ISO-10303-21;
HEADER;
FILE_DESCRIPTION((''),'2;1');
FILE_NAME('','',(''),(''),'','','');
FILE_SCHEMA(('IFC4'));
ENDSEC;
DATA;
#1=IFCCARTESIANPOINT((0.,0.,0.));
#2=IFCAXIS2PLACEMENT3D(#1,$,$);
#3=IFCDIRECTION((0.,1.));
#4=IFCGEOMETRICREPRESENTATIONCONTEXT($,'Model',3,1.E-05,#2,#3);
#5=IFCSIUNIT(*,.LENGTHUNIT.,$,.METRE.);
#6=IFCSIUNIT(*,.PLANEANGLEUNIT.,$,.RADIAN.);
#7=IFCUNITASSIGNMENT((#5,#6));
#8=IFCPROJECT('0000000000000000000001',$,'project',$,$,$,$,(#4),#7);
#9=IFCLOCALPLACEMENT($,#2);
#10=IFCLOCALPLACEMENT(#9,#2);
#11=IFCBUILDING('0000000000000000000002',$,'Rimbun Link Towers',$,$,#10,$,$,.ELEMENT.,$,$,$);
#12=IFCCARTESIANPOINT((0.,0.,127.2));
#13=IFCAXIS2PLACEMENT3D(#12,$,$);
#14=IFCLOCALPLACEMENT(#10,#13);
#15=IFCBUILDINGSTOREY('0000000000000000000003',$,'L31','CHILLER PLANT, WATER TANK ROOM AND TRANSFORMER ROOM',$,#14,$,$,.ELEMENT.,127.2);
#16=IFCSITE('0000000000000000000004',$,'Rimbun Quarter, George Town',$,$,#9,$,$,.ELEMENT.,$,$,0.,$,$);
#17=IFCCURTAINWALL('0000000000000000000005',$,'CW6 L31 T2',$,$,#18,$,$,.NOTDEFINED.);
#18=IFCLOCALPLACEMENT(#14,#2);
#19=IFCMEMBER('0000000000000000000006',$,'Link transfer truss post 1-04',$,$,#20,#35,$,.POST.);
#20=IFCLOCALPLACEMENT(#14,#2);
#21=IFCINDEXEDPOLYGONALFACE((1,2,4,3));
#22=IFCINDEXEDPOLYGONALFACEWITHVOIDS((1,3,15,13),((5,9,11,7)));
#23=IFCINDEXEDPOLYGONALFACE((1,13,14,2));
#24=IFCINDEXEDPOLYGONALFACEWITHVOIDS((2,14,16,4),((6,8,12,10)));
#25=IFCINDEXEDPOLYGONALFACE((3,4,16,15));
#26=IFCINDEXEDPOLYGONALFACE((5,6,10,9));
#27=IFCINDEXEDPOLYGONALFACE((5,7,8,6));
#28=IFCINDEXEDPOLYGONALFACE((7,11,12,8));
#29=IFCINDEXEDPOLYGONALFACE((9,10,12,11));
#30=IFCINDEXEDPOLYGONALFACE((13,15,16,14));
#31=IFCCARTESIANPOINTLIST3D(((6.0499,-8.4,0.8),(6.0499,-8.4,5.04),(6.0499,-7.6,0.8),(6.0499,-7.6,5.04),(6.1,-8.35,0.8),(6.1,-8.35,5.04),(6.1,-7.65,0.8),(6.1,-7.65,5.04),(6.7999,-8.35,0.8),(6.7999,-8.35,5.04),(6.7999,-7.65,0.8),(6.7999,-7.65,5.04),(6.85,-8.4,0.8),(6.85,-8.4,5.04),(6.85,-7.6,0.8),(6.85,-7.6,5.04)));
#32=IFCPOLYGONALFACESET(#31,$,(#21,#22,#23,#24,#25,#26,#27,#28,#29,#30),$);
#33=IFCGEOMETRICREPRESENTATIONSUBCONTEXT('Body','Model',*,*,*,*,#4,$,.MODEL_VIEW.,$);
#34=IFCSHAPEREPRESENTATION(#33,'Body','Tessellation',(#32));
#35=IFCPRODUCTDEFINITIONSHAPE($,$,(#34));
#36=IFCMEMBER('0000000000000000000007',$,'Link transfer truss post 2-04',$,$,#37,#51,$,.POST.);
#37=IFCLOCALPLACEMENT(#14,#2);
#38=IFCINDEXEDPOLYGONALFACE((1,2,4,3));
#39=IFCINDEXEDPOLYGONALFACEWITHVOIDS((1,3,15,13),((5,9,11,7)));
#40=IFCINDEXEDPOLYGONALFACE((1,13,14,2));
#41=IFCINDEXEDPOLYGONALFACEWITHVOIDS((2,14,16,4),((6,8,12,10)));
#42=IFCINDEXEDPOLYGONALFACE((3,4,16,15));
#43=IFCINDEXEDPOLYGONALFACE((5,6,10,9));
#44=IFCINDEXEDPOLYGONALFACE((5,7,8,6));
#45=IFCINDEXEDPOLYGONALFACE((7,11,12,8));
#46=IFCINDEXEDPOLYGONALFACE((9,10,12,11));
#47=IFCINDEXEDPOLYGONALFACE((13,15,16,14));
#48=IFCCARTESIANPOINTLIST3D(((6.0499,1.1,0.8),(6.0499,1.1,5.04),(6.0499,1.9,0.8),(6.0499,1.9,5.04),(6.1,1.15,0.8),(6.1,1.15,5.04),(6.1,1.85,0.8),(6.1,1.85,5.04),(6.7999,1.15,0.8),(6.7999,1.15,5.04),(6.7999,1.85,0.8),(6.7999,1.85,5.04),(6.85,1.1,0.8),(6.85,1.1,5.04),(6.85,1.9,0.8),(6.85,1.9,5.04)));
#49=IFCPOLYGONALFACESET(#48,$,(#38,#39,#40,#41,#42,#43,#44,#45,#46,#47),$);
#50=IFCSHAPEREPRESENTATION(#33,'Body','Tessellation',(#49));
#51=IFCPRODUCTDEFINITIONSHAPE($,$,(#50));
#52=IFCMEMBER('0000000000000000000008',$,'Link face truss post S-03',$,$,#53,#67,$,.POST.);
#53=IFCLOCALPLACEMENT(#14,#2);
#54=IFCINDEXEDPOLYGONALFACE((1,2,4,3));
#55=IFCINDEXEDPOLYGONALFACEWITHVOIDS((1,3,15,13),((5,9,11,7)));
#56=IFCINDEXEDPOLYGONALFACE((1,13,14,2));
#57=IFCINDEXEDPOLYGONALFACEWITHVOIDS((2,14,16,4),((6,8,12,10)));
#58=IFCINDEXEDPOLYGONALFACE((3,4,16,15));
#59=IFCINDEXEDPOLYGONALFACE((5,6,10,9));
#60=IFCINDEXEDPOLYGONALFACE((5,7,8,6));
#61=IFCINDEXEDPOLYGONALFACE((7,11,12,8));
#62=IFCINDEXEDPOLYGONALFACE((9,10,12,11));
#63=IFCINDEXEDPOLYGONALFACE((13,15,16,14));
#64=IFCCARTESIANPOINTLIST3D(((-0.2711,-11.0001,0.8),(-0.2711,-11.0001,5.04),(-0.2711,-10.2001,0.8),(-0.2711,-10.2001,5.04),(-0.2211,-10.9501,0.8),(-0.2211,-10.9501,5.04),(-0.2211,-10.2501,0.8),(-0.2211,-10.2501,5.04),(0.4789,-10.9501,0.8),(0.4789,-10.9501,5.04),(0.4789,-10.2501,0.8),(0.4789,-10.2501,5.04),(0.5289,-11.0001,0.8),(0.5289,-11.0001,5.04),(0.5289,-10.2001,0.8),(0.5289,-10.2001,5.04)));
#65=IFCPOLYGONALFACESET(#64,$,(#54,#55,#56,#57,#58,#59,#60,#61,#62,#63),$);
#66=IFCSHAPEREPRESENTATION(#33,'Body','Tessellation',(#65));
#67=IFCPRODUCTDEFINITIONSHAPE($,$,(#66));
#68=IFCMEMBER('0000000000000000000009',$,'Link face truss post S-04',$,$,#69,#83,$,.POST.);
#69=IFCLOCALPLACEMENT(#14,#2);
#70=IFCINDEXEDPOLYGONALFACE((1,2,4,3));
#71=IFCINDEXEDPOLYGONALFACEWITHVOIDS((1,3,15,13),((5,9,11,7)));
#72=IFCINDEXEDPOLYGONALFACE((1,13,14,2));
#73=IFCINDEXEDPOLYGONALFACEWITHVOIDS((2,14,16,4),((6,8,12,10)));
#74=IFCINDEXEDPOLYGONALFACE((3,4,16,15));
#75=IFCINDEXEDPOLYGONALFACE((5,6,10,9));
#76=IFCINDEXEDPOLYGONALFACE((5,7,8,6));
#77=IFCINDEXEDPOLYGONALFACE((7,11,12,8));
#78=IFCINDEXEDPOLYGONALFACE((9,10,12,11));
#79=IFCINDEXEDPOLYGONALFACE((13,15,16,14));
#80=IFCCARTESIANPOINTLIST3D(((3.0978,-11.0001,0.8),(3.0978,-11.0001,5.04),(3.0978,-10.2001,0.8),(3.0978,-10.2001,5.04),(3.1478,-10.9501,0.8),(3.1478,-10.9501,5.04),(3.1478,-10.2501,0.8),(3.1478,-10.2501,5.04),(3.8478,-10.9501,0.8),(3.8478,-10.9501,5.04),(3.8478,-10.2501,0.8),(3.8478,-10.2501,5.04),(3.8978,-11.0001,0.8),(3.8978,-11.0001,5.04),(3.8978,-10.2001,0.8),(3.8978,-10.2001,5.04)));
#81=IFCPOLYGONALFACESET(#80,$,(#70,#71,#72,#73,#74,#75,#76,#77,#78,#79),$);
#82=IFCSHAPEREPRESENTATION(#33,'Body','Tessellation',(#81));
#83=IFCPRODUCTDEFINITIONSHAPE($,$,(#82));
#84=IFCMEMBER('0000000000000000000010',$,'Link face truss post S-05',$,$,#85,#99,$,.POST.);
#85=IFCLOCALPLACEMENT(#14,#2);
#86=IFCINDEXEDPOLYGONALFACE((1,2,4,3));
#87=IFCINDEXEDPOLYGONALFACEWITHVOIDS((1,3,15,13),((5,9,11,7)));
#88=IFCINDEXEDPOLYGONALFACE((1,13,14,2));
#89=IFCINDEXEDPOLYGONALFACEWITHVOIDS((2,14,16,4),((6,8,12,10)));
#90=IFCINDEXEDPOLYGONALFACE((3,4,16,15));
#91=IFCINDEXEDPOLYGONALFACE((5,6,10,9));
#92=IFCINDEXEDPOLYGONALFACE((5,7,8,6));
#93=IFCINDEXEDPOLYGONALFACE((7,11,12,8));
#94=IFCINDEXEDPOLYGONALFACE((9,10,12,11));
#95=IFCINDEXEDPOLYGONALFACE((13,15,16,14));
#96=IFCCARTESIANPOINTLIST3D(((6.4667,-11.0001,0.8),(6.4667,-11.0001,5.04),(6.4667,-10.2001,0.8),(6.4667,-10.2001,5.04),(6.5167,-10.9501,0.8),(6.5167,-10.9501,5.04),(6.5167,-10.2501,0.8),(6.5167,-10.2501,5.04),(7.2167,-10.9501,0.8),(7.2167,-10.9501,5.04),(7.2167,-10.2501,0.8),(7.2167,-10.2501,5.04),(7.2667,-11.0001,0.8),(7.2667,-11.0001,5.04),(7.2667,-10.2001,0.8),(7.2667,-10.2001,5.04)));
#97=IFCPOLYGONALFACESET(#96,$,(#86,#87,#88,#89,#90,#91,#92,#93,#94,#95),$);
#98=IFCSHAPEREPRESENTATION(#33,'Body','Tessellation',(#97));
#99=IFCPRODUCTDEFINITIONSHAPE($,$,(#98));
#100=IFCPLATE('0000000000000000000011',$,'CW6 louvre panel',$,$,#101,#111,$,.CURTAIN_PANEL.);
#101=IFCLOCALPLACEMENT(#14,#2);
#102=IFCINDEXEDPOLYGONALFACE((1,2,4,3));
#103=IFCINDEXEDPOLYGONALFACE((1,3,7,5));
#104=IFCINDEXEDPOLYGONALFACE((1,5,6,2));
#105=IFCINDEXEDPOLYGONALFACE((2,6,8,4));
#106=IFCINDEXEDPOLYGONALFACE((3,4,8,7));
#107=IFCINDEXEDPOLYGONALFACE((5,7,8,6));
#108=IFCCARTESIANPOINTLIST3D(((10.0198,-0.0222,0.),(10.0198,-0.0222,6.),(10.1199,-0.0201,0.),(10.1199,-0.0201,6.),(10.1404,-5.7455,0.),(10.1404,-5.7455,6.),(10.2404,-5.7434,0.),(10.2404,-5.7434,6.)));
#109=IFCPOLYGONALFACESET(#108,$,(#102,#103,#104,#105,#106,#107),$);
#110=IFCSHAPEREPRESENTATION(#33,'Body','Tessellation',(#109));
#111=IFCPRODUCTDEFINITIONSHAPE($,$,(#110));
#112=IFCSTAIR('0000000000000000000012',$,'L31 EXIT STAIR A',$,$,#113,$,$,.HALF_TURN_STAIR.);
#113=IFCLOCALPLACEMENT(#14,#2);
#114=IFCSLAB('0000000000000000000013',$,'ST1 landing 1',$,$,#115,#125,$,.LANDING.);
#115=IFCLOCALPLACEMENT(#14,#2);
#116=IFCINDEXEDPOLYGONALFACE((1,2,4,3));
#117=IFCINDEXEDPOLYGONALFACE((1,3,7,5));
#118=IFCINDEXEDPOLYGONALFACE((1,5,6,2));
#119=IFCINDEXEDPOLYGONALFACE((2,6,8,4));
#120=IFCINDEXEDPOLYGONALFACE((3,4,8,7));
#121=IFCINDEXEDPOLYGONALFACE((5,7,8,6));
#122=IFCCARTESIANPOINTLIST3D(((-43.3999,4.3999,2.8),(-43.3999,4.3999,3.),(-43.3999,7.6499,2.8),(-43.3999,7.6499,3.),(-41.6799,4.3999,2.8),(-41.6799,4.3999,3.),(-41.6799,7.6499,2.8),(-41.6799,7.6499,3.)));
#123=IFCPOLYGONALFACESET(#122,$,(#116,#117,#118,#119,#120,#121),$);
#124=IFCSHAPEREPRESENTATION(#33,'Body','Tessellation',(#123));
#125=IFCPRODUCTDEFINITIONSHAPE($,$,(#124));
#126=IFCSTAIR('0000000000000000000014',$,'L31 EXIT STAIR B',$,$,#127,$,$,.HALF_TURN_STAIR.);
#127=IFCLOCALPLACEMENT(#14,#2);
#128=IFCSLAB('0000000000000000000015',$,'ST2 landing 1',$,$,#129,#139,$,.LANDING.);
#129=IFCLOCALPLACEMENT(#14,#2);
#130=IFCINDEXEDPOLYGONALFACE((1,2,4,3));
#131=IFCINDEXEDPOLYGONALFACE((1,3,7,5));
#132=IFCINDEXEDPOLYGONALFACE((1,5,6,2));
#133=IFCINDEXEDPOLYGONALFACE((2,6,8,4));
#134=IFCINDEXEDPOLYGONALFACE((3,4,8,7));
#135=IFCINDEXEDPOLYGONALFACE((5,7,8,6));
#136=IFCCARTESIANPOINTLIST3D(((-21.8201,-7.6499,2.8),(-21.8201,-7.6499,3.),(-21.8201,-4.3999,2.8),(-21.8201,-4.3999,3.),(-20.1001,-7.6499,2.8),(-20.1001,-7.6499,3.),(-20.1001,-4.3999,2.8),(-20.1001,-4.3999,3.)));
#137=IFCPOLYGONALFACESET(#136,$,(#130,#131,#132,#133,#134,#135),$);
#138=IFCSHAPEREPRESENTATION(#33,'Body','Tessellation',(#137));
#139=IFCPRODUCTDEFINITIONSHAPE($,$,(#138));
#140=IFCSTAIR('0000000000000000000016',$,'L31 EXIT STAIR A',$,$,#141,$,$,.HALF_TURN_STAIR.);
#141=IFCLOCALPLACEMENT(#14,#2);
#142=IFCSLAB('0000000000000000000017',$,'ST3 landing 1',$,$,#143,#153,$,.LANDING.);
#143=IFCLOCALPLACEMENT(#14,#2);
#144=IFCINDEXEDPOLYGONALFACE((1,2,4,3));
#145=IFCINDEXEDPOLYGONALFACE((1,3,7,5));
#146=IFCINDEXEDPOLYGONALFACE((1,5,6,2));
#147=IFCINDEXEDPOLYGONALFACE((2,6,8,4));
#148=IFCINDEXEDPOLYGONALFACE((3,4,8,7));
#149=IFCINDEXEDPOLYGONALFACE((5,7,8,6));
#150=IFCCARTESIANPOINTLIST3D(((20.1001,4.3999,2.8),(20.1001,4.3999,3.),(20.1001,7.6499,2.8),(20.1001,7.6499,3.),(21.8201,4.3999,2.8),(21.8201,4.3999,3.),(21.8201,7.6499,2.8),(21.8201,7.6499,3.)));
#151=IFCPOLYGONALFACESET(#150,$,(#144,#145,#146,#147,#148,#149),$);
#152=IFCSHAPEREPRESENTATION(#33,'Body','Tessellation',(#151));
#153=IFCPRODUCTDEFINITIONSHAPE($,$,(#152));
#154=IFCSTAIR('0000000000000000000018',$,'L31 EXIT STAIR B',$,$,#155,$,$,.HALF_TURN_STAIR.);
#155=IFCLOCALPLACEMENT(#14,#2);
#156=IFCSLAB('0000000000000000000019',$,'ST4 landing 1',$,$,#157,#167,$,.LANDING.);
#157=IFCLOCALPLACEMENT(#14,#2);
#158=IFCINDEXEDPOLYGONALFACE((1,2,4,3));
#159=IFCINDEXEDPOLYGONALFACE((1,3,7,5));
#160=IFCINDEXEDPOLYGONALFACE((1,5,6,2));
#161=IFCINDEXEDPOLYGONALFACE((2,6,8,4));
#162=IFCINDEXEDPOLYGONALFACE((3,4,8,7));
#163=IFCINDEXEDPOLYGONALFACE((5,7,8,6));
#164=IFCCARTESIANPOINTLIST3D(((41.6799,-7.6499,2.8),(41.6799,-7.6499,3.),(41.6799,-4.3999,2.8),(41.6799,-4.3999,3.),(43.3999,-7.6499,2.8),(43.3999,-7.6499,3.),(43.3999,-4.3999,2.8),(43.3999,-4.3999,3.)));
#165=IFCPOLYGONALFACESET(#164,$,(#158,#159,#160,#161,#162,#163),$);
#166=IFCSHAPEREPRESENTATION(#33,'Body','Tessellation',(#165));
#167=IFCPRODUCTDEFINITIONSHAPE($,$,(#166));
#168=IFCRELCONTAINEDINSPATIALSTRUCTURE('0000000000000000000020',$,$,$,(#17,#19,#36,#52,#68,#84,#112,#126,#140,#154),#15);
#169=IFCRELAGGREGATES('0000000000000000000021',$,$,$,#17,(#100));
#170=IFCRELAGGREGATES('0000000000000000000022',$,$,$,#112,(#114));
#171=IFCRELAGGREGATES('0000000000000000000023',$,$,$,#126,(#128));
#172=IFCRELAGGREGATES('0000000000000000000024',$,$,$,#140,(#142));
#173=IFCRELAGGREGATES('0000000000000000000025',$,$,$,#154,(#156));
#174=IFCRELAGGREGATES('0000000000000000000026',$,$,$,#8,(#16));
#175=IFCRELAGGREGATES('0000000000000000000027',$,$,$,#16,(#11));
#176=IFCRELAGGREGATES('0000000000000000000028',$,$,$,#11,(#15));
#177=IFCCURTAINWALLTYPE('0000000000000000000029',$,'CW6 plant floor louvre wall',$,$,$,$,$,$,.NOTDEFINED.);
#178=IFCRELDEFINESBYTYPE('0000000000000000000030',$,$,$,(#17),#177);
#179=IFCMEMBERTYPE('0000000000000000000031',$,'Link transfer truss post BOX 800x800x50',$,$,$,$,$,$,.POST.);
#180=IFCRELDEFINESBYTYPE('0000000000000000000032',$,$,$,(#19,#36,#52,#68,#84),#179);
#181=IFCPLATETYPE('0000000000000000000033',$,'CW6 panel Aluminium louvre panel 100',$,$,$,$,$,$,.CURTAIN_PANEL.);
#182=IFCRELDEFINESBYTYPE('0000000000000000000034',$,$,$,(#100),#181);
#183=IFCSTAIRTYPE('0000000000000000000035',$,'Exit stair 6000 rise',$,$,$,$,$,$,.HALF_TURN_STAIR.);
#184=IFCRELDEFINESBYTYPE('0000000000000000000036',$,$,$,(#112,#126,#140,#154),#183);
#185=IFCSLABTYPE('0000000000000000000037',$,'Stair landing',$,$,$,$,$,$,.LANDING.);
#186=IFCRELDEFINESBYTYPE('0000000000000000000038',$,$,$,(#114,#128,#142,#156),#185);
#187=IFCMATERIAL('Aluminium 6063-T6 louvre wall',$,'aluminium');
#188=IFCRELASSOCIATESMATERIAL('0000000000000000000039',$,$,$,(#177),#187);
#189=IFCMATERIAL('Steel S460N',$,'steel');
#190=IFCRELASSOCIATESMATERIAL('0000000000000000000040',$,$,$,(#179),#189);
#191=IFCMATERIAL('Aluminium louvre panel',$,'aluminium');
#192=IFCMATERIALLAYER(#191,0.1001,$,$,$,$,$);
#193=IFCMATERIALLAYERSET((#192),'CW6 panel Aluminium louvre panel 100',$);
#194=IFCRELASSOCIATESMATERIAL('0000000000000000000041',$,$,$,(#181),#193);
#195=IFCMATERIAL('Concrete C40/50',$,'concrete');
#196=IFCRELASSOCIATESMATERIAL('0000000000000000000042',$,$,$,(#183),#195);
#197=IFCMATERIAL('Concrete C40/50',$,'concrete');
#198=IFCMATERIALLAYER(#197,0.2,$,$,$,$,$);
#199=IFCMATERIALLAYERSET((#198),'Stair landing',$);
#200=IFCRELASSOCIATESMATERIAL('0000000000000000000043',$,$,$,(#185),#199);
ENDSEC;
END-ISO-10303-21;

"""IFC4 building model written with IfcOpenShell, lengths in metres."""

from ifc_helpers import new_model, si_unit, direction, frame, origin, origin_2d, place, context, subcontext, project, spatial, polyline, rectangle, hollow_rectangle, outline, extrude, material, layer, layer_set, material_profile, profile_set, type_object, element, aggregate, save


model = new_model("IFC4")

# Units and contexts
model_context = context("Model", 3, precision=1e-05, world=origin(), true_north=direction((0.0, 1.0)))
body_context = subcontext(model_context, "Body", "Model", "MODEL_VIEW")
ifc_project = project(units=[si_unit("LENGTHUNIT", "METRE"), si_unit("PLANEANGLEUNIT", "RADIAN")], contexts=[model_context])

# Site, building, storey
site_placement = place(None, origin())
site = spatial("IfcSite", under=ifc_project, at=site_placement, Name="Rimbun Quarter, George Town", CompositionType="ELEMENT", RefElevation=0.0)
building_placement = place(site_placement, origin())
building = spatial("IfcBuilding", under=site, at=building_placement, Name="Rimbun Link Towers", CompositionType="ELEMENT")
storey_placement = place(building_placement, frame((0.0, 0.0, 127.2)))
storey = spatial("IfcBuildingStorey", under=building, at=storey_placement, Name="L31", Description="CHILLER PLANT, WATER TANK ROOM AND TRANSFORMER ROOM", CompositionType="ELEMENT", Elevation=127.2)

# Curtain wall
ifc_material_1 = material(Name="Aluminium 6063-T6 louvre wall", Category="aluminium")
curtain_wall_type = type_object("IfcCurtainWallType", Name="CW6 plant floor louvre wall", PredefinedType="NOTDEFINED", material=ifc_material_1)
curtain_wall_placement = place(storey_placement, origin())
curtain_wall = element("IfcCurtainWall", 1, at=curtain_wall_placement, inside=storey, type_object=curtain_wall_type, Name="CW6 L31 T2", PredefinedType="NOTDEFINED")

# Members
ifc_material_2 = material(Name="Steel S460N", Category="steel")
ifc_material_profile_1 = material_profile(ifc_material_2, hollow_rectangle(XDim=0.8, YDim=0.8, WallThickness=0.05, at=origin_2d()), Name="Link transfer truss post BOX 800x800x50")
ifc_profile_set_1 = profile_set([ifc_material_profile_1], Name="Steel S460N")
member_type_1 = type_object("IfcMemberType", Name="Link transfer truss post BOX 800x800x50", PredefinedType="POST", material=ifc_profile_set_1)
for number, where, z_axis, x_axis, name in (
    (2, (6.45, -8.0, 0.8), (0.0, 0.0, 1.0), (1.0, 0.0, 0.0), "Link transfer truss post 1-04"),
    (3, (6.45, 1.5, 0.8), (0.0, 0.0, 1.0), (1.0, 0.0, 0.0), "Link transfer truss post 2-04"),
    (4, (0.1289, -10.6001, 0.8), (0.0, 0.0, 1.0), (1.0, 0.0, 0.0), "Link face truss post S-03"),
    (5, (3.4978, -10.6001, 0.8), (0.0, 0.0, 1.0), (1.0, 0.0, 0.0), "Link face truss post S-04"),
    (6, (6.8667, -10.6001, 0.8), (0.0, 0.0, 1.0), (1.0, 0.0, 0.0), "Link face truss post S-05"),
):
    element("IfcMember", number, at=place(storey_placement, frame(where, z_axis=z_axis, x_axis=x_axis)), inside=storey, type_object=member_type_1, Name=name, PredefinedType="POST", context=body_context, shape_type="SweptSolid", body=[
        extrude(hollow_rectangle(XDim=0.8, YDim=0.8, WallThickness=0.05, at=origin_2d()), origin(), (0.0, 0.0, 1.0), 4.24),
    ])

# Plate
ifc_material_3 = material(Name="Aluminium louvre panel", Category="aluminium")
ifc_layer_1 = layer(ifc_material_3, 0.1001)
ifc_layer_set_1 = layer_set([ifc_layer_1], Name="CW6 panel Aluminium louvre panel 100")
plate_type = type_object("IfcPlateType", Name="CW6 panel Aluminium louvre panel 100", PredefinedType="CURTAIN_PANEL", material=ifc_layer_set_1)
plate_placement = place(storey_placement, frame((10.1301, -2.8828, 0.0), z_axis=(0.0, 0.0, 1.0), x_axis=(-0.021059, 0.999778, 0.0)))
plate = element("IfcPlate", 7, at=plate_placement, type_object=plate_type, Name="CW6 louvre panel", PredefinedType="CURTAIN_PANEL", context=body_context, shape_type="SweptSolid", body=[
    extrude(rectangle(XDim=5.7246, YDim=0.1001, at=origin_2d()), origin(), (0.0, 0.0, 1.0), 6.0),
])
aggregate(curtain_wall, [plate])

# Stairs, slabs
ifc_material_4 = material(Name="Concrete C40/50", Category="concrete")
stair_type = type_object("IfcStairType", Name="Exit stair 6000 rise", PredefinedType="HALF_TURN_STAIR", material=ifc_material_4)
stair_1_placement = place(storey_placement, origin())
stair_1 = element("IfcStair", 8, at=stair_1_placement, inside=storey, type_object=stair_type, Name="L31 EXIT STAIR A", PredefinedType="HALF_TURN_STAIR")
ifc_material_5 = material(Name="Concrete C40/50", Category="concrete")
ifc_layer_2 = layer(ifc_material_5, 0.2)
ifc_layer_set_2 = layer_set([ifc_layer_2], Name="Stair landing")
slab_type = type_object("IfcSlabType", Name="Stair landing", PredefinedType="LANDING", material=ifc_layer_set_2)
slab_1_placement = place(storey_placement, frame((0.0, 0.0, 2.8)))
slab_1 = element("IfcSlab", 9, at=slab_1_placement, type_object=slab_type, Name="ST1 landing 1", PredefinedType="LANDING", context=body_context, shape_type="SweptSolid", body=[
    extrude(outline(polyline([(-41.6799, 7.6499), (-43.3999, 7.6499), (-43.3999, 4.3999), (-41.6799, 4.3999), (-41.6799, 7.6499)])), origin(), (0.0, 0.0, 1.0), 0.2),
])
aggregate(stair_1, [slab_1])
stair_2_placement = place(storey_placement, origin())
stair_2 = element("IfcStair", 10, at=stair_2_placement, inside=storey, type_object=stair_type, Name="L31 EXIT STAIR B", PredefinedType="HALF_TURN_STAIR")
slab_2_placement = place(storey_placement, frame((0.0, 0.0, 2.8)))
slab_2 = element("IfcSlab", 11, at=slab_2_placement, type_object=slab_type, Name="ST2 landing 1", PredefinedType="LANDING", context=body_context, shape_type="SweptSolid", body=[
    extrude(outline(polyline([(-21.8201, -7.6499), (-20.1001, -7.6499), (-20.1001, -4.3999), (-21.8201, -4.3999), (-21.8201, -7.6499)])), origin(), (0.0, 0.0, 1.0), 0.2),
])
aggregate(stair_2, [slab_2])
stair_3_placement = place(storey_placement, origin())
stair_3 = element("IfcStair", 12, at=stair_3_placement, inside=storey, type_object=stair_type, Name="L31 EXIT STAIR A", PredefinedType="HALF_TURN_STAIR")
slab_3_placement = place(storey_placement, frame((0.0, 0.0, 2.8)))
slab_3 = element("IfcSlab", 13, at=slab_3_placement, type_object=slab_type, Name="ST3 landing 1", PredefinedType="LANDING", context=body_context, shape_type="SweptSolid", body=[
    extrude(outline(polyline([(21.8201, 7.6499), (20.1001, 7.6499), (20.1001, 4.3999), (21.8201, 4.3999), (21.8201, 7.6499)])), origin(), (0.0, 0.0, 1.0), 0.2),
])
aggregate(stair_3, [slab_3])
stair_4_placement = place(storey_placement, origin())
stair_4 = element("IfcStair", 14, at=stair_4_placement, inside=storey, type_object=stair_type, Name="L31 EXIT STAIR B", PredefinedType="HALF_TURN_STAIR")
slab_4_placement = place(storey_placement, frame((0.0, 0.0, 2.8)))
slab_4 = element("IfcSlab", 15, at=slab_4_placement, type_object=slab_type, Name="ST4 landing 1", PredefinedType="LANDING", context=body_context, shape_type="SweptSolid", body=[
    extrude(outline(polyline([(41.6799, -7.6499), (43.3999, -7.6499), (43.3999, -4.3999), (41.6799, -4.3999), (41.6799, -7.6499)])), origin(), (0.0, 0.0, 1.0), 0.2),
])
aggregate(stair_4, [slab_4])

save(model, "model.ifc")
